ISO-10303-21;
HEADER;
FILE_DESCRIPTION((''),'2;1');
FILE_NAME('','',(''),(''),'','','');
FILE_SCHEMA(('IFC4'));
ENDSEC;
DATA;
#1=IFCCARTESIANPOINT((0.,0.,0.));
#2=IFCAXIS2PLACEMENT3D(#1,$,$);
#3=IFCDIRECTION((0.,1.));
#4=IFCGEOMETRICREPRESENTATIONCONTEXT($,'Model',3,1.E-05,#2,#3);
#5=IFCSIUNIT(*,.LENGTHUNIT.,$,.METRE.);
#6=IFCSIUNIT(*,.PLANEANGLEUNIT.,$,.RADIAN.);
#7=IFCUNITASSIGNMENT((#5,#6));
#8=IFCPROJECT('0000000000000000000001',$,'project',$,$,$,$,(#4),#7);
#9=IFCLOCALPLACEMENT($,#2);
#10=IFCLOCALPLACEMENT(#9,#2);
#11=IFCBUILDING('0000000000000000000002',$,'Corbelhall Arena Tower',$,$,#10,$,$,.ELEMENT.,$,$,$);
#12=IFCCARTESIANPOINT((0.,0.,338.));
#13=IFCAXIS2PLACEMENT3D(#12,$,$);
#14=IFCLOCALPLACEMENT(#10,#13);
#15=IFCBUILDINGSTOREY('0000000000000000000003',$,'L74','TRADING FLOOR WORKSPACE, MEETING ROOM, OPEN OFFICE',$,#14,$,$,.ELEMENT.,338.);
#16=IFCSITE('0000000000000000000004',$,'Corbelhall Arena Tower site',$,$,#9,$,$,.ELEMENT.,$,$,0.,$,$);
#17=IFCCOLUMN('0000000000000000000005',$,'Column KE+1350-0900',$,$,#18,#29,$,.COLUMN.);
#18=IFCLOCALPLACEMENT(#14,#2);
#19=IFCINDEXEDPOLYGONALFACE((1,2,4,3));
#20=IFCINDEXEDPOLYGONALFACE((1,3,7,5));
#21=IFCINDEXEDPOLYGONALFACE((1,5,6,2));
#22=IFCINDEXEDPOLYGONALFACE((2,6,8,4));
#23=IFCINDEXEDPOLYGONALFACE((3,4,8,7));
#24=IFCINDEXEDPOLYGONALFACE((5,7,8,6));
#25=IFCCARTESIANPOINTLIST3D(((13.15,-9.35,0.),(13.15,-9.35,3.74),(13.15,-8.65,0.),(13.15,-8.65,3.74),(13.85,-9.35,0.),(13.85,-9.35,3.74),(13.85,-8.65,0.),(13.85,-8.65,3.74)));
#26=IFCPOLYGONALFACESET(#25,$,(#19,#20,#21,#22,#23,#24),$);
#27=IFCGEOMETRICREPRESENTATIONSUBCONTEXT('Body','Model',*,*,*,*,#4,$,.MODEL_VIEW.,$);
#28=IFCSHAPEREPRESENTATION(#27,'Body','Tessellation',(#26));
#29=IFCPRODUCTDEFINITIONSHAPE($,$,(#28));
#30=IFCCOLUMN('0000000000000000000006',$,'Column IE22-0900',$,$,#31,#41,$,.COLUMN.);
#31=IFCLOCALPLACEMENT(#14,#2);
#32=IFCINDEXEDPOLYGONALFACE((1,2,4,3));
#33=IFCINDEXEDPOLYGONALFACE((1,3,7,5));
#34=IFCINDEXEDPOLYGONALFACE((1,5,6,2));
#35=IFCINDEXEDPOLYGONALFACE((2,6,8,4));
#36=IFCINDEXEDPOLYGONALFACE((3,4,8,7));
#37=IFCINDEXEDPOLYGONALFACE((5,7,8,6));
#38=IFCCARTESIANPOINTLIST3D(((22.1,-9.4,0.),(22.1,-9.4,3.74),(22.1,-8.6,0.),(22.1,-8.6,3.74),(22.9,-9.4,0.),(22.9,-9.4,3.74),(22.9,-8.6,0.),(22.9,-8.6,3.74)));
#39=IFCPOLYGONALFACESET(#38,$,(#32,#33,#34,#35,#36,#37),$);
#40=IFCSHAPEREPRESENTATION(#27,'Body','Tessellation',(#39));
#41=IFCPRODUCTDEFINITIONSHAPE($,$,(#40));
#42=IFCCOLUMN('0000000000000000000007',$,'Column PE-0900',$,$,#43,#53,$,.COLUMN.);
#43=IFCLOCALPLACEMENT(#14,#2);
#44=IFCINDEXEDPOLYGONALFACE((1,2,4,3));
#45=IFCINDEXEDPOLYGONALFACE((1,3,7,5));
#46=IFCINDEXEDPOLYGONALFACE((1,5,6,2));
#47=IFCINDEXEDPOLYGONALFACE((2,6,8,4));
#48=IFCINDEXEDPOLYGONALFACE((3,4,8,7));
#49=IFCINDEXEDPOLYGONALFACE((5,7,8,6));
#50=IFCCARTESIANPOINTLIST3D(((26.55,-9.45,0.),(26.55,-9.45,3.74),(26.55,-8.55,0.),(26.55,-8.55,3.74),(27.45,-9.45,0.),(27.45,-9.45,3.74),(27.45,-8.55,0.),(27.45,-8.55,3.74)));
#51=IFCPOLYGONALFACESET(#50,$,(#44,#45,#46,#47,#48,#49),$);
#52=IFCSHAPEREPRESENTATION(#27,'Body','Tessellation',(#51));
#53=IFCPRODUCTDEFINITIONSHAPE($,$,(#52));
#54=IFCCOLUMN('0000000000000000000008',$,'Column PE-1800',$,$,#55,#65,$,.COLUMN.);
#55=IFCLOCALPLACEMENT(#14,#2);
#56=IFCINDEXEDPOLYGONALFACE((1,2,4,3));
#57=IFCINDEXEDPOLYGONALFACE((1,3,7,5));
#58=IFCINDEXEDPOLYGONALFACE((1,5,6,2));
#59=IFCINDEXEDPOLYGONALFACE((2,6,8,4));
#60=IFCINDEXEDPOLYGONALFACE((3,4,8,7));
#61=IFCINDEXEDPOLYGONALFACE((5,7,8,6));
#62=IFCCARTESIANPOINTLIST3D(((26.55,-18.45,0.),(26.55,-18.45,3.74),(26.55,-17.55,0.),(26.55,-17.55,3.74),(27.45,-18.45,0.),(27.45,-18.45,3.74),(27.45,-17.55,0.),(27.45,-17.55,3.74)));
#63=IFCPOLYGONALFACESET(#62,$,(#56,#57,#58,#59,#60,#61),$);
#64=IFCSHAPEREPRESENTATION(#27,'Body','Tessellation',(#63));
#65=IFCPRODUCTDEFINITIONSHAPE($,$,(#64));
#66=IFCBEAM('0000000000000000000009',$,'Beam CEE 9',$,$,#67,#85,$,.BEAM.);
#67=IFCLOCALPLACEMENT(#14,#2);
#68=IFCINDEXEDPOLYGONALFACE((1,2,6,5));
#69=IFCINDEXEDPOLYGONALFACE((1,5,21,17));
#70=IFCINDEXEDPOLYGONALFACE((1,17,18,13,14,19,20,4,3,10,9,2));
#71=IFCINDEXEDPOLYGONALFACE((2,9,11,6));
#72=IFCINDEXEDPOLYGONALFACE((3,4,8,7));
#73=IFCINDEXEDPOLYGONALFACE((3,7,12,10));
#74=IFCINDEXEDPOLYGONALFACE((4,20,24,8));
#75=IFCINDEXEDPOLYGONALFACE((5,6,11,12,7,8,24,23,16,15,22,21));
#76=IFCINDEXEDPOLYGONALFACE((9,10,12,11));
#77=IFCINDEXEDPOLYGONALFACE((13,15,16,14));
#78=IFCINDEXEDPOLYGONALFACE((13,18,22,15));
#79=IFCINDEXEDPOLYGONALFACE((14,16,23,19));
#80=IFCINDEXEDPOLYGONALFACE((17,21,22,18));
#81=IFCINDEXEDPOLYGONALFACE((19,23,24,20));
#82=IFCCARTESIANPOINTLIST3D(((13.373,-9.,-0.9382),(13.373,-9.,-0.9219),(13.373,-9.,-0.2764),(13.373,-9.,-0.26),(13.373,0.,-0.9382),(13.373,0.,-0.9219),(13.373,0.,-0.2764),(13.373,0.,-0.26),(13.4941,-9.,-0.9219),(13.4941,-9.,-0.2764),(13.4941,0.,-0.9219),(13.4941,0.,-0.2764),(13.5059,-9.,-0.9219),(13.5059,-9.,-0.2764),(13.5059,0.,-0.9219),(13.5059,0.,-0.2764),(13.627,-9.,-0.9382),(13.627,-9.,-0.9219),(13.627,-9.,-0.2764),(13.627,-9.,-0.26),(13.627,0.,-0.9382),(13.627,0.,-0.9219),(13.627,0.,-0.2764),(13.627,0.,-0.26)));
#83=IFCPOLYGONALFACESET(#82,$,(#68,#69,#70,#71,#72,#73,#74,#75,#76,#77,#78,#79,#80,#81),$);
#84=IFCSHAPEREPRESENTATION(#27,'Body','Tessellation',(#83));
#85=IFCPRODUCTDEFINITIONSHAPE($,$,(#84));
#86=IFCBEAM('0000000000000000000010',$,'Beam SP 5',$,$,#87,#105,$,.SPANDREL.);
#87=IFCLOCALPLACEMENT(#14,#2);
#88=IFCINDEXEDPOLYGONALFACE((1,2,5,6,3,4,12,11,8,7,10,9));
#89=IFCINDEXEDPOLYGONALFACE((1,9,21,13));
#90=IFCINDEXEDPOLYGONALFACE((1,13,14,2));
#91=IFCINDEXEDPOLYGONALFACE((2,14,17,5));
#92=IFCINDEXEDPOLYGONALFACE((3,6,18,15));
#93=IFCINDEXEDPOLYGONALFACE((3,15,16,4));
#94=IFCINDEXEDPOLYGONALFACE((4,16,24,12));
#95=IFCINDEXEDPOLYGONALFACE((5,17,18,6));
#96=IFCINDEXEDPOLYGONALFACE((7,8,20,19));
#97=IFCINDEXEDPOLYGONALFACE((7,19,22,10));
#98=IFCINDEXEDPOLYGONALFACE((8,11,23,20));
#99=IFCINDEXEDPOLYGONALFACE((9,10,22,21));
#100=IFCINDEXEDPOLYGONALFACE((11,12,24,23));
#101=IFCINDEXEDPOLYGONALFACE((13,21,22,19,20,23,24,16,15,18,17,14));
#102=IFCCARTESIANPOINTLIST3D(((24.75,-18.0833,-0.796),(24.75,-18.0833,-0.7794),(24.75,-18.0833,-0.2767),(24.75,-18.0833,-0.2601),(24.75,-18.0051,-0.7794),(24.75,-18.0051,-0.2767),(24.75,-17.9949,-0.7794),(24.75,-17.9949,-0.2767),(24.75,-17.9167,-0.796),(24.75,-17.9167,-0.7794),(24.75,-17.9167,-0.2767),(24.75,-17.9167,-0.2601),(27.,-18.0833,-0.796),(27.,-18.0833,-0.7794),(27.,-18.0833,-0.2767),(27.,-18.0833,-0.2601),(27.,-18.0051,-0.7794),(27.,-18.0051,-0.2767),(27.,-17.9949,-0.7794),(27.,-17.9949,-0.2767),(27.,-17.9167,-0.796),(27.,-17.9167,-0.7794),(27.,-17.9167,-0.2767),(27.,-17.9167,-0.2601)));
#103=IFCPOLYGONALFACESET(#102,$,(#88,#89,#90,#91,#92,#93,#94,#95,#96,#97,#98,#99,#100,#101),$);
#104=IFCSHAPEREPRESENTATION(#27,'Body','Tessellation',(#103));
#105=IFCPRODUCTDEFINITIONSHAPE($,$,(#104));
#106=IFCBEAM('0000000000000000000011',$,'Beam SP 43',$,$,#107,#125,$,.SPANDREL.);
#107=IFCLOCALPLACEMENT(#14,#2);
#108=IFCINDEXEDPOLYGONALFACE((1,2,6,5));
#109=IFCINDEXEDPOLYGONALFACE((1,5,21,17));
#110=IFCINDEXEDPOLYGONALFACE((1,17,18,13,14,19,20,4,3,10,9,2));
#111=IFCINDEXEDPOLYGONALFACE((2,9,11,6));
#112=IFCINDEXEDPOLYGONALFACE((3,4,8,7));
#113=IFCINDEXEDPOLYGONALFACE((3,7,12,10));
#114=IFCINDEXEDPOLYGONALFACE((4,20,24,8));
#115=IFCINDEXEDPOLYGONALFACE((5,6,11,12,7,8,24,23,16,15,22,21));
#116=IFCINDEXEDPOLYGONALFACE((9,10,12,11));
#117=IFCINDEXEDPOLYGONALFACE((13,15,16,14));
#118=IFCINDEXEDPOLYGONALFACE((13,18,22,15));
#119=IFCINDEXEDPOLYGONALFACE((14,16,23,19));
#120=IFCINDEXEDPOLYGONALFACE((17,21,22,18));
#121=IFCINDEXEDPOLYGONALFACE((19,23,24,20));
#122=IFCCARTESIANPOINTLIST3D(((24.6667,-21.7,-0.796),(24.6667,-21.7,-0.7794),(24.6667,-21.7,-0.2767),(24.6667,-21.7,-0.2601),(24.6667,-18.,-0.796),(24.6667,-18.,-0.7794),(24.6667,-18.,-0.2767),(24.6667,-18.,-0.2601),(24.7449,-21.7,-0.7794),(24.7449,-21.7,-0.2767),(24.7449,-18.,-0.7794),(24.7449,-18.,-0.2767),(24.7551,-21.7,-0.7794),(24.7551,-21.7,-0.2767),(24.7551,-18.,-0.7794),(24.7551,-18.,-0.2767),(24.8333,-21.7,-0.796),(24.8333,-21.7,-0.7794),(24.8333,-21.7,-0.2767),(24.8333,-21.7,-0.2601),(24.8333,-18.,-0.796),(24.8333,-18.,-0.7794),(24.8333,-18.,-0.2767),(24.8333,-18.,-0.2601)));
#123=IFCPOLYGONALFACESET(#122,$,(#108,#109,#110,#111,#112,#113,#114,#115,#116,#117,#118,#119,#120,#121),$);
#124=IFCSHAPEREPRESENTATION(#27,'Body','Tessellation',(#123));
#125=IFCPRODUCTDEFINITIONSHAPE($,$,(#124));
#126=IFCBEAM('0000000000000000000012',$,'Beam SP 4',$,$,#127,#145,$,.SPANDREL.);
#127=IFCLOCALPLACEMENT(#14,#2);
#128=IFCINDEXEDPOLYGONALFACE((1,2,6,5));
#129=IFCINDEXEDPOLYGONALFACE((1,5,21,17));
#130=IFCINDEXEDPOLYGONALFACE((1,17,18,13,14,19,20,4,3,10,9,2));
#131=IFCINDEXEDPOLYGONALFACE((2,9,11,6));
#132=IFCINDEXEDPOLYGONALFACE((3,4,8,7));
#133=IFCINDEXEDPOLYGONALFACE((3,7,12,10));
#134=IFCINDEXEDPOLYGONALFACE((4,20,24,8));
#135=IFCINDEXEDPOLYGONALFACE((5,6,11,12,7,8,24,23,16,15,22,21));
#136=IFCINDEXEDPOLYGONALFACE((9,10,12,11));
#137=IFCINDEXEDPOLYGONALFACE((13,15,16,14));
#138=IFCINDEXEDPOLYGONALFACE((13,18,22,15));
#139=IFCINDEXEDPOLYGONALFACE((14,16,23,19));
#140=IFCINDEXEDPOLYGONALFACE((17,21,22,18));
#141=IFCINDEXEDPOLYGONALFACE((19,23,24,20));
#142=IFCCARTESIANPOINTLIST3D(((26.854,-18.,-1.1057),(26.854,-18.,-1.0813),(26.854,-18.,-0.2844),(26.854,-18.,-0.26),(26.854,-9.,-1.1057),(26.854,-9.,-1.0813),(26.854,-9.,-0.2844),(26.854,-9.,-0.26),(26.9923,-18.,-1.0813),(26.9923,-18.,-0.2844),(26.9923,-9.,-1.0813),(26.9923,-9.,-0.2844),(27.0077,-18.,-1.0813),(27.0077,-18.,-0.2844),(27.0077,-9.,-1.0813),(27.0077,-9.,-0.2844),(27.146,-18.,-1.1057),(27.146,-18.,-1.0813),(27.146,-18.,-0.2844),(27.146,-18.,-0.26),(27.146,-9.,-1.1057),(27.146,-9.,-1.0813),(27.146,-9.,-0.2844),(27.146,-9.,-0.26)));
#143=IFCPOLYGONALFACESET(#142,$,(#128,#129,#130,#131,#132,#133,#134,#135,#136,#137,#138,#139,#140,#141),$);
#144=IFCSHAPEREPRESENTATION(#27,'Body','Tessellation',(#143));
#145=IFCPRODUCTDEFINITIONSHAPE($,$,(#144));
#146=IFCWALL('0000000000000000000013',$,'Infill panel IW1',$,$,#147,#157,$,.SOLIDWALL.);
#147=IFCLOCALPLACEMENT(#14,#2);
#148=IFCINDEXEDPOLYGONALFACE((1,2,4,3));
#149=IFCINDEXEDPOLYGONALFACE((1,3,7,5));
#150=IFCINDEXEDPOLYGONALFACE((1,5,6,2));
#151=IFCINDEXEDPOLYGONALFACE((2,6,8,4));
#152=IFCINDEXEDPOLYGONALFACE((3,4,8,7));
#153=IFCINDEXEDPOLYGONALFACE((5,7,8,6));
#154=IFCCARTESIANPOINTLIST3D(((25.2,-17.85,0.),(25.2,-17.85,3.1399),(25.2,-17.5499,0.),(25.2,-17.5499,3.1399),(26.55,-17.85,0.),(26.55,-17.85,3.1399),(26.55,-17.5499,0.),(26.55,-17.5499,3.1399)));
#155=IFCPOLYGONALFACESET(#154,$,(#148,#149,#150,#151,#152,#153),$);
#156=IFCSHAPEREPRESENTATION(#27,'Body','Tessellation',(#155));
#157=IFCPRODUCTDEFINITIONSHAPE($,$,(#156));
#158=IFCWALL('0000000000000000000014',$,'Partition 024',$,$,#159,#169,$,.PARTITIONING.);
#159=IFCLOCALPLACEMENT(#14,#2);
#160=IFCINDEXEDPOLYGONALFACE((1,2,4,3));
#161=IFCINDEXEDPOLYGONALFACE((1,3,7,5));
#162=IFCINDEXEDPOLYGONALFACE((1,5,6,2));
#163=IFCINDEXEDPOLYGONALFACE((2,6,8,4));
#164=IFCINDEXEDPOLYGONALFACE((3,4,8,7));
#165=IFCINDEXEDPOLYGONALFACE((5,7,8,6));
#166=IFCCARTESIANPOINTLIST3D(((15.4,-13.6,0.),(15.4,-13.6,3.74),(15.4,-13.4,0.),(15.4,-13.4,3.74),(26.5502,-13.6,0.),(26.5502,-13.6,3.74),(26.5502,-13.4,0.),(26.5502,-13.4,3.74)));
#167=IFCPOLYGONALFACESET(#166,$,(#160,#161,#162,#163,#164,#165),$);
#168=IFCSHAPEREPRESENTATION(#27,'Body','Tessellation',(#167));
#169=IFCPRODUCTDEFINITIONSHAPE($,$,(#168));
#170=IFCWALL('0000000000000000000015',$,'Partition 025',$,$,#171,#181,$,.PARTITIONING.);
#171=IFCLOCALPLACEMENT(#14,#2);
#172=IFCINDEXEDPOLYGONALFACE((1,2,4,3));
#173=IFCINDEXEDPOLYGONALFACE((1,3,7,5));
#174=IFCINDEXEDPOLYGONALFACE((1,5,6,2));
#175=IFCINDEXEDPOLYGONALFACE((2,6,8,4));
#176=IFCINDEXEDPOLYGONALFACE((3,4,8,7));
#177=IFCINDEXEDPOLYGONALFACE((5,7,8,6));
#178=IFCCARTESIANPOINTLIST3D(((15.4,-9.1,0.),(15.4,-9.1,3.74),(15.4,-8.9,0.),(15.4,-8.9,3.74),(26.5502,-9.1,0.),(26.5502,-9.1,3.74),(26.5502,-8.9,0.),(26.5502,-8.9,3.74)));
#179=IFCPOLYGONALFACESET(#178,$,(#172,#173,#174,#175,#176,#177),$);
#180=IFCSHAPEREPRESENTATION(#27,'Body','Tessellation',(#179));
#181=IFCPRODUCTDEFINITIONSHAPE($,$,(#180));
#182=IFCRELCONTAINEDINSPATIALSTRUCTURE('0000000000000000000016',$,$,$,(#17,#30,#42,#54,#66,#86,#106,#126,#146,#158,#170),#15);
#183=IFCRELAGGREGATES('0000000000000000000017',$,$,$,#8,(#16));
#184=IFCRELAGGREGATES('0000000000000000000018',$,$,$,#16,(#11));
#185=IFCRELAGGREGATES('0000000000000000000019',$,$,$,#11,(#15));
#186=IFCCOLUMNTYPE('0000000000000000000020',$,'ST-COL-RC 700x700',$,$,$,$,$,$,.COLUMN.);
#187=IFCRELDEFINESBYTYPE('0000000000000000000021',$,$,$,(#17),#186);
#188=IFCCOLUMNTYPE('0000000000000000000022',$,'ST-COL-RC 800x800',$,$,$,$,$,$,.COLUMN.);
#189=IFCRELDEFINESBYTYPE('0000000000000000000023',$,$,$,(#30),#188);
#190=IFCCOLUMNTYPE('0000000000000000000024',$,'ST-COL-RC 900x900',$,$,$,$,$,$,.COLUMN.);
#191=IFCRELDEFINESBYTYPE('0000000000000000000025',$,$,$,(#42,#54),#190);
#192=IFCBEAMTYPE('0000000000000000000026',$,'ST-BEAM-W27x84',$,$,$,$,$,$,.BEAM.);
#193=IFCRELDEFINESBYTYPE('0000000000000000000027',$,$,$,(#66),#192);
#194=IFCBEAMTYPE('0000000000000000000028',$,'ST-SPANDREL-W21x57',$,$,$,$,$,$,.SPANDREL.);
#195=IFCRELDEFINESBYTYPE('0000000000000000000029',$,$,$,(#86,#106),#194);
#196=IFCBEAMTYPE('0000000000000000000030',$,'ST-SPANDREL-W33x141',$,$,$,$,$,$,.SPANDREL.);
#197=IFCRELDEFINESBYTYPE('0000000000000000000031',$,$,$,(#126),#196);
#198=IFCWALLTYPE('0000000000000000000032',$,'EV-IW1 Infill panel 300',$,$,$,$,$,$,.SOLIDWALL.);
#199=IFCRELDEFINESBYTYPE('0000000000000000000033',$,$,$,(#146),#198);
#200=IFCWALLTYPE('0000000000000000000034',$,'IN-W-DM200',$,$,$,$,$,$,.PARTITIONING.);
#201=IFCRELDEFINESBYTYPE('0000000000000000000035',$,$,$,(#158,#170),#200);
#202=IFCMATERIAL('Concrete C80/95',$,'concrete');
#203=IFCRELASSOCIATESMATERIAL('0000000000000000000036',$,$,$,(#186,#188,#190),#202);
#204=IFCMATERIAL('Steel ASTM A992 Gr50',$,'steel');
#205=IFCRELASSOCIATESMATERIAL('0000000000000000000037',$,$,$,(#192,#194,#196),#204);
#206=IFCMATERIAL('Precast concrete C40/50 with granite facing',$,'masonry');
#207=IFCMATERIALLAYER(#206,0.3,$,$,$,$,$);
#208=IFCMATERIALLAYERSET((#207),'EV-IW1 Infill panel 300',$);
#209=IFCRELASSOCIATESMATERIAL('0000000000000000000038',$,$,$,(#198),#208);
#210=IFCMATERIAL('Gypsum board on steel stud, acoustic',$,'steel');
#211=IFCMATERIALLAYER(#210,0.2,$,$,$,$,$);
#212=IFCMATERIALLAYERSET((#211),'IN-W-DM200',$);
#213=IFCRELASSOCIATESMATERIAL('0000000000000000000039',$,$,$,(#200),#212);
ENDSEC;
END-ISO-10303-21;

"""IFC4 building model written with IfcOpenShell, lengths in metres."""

from ifc_helpers import new_model, si_unit, direction, frame, frame_2d, origin, origin_2d, place, context, subcontext, project, spatial, rectangle, i_section, extrude, material, layer, layer_set, material_profile, profile_set, type_object, element, save


model = new_model("IFC4")

# Units and contexts
model_context = context("Model", 3, precision=1e-05, world=origin(), true_north=direction((0.0, 1.0)))
body_context = subcontext(model_context, "Body", "Model", "MODEL_VIEW")
ifc_project = project(units=[si_unit("LENGTHUNIT", "METRE"), si_unit("PLANEANGLEUNIT", "RADIAN")], contexts=[model_context])

# Site, building, storey
site_placement = place(None, origin())
site = spatial("IfcSite", under=ifc_project, at=site_placement, Name="Corbelhall Arena Tower site", CompositionType="ELEMENT", RefElevation=0.0)
building_placement = place(site_placement, origin())
building = spatial("IfcBuilding", under=site, at=building_placement, Name="Corbelhall Arena Tower", CompositionType="ELEMENT")
storey_placement = place(building_placement, frame((0.0, 0.0, 338.0)))
storey = spatial("IfcBuildingStorey", under=building, at=storey_placement, Name="L74", Description="TRADING FLOOR WORKSPACE, MEETING ROOM, OPEN OFFICE", CompositionType="ELEMENT", Elevation=338.0)

# Columns
ifc_material_1 = material(Name="Concrete C80/95", Category="concrete")
ifc_material_profile_1 = material_profile(ifc_material_1, rectangle(XDim=0.7, YDim=0.7, at=origin_2d()))
ifc_profile_set_1 = profile_set([ifc_material_profile_1], Name="Concrete C80/95")
column_type_1 = type_object("IfcColumnType", Name="ST-COL-RC 700x700", PredefinedType="COLUMN", material=ifc_profile_set_1)
column_1_placement = place(storey_placement, frame((13.5, -9.0, 0.0), z_axis=(0.0, 0.0, 1.0), x_axis=(1.0, 0.0, 0.0)))
element("IfcColumn", 1, at=column_1_placement, inside=storey, type_object=column_type_1, Name="Column KE+1350-0900", PredefinedType="COLUMN", context=body_context, shape_type="SweptSolid", body=[
    extrude(rectangle(XDim=0.7, YDim=0.7, at=origin_2d()), origin(), (0.0, 0.0, 1.0), 3.74),
])
ifc_material_profile_2 = material_profile(ifc_material_1, rectangle(XDim=0.8, YDim=0.8, at=origin_2d()))
ifc_profile_set_2 = profile_set([ifc_material_profile_2], Name="Concrete C80/95")
column_type_2 = type_object("IfcColumnType", Name="ST-COL-RC 800x800", PredefinedType="COLUMN", material=ifc_profile_set_2)
column_2_placement = place(storey_placement, frame((22.5, -9.0, 0.0), z_axis=(0.0, 0.0, 1.0), x_axis=(1.0, 0.0, 0.0)))
element("IfcColumn", 2, at=column_2_placement, inside=storey, type_object=column_type_2, Name="Column IE22-0900", PredefinedType="COLUMN", context=body_context, shape_type="SweptSolid", body=[
    extrude(rectangle(XDim=0.8, YDim=0.8, at=origin_2d()), origin(), (0.0, 0.0, 1.0), 3.74),
])
ifc_material_profile_3 = material_profile(ifc_material_1, rectangle(XDim=0.8999, YDim=0.8999, at=origin_2d()))
ifc_profile_set_3 = profile_set([ifc_material_profile_3], Name="Concrete C80/95")
column_type_3 = type_object("IfcColumnType", Name="ST-COL-RC 900x900", PredefinedType="COLUMN", material=ifc_profile_set_3)
for number, where, z_axis, x_axis, name in (
    (3, (27.0, -9.0, 0.0), (0.0, 0.0, 1.0), (0.0, 1.0, 0.0), "Column PE-0900"),
    (4, (27.0, -18.0, 0.0), (0.0, 0.0, 1.0), (0.0, 1.0, 0.0), "Column PE-1800"),
):
    element("IfcColumn", number, at=place(storey_placement, frame(where, z_axis=z_axis, x_axis=x_axis)), inside=storey, type_object=column_type_3, Name=name, PredefinedType="COLUMN", context=body_context, shape_type="SweptSolid", body=[
        extrude(rectangle(XDim=0.8999, YDim=0.8999, at=origin_2d()), origin(), (0.0, 0.0, 1.0), 3.74),
    ])

# Beams
ifc_material_2 = material(Name="Steel ASTM A992 Gr50", Category="steel")
ifc_material_profile_4 = material_profile(ifc_material_2, i_section(OverallWidth=0.2539, OverallDepth=0.6782, WebThickness=0.0117, FlangeThickness=0.0164, at=origin_2d()))
ifc_profile_set_4 = profile_set([ifc_material_profile_4], Name="Steel ASTM A992 Gr50")
beam_type_1 = type_object("IfcBeamType", Name="ST-BEAM-W27x84", PredefinedType="BEAM", material=ifc_profile_set_4)
beam_1_placement = place(storey_placement, frame((13.5, -9.0, -0.5991), z_axis=(0.0, 1.0, 0.0), x_axis=(-1.0, 0.0, 0.0)))
element("IfcBeam", 5, at=beam_1_placement, inside=storey, type_object=beam_type_1, Name="Beam CEE 9", PredefinedType="BEAM", context=body_context, shape_type="SweptSolid", body=[
    extrude(i_section(OverallWidth=0.2539, OverallDepth=0.6782, WebThickness=0.0117, FlangeThickness=0.0164, at=origin_2d()), origin(), (0.0, 0.0, 1.0), 9.0),
])
ifc_material_profile_5 = material_profile(ifc_material_2, i_section(OverallWidth=0.1665, OverallDepth=0.5359, WebThickness=0.0103, FlangeThickness=0.0166, at=origin_2d()))
ifc_profile_set_5 = profile_set([ifc_material_profile_5], Name="Steel ASTM A992 Gr50")
beam_type_2 = type_object("IfcBeamType", Name="ST-SPANDREL-W21x57", PredefinedType="SPANDREL", material=ifc_profile_set_5)
beam_2_placement = place(storey_placement, frame((27.0, -18.0, -0.5281), z_axis=(-1.0, 0.0, 0.0), x_axis=(0.0, -1.0, 0.0)))
element("IfcBeam", 6, at=beam_2_placement, inside=storey, type_object=beam_type_2, Name="Beam SP 5", PredefinedType="SPANDREL", context=body_context, shape_type="SweptSolid", body=[
    extrude(i_section(OverallWidth=0.1665, OverallDepth=0.5359, WebThickness=0.0103, FlangeThickness=0.0166, at=origin_2d()), origin(), (0.0, 0.0, 1.0), 2.25),
])
beam_3_placement = place(storey_placement, frame((24.75, -18.0, -0.5281), z_axis=(0.0, -1.0, 0.0), x_axis=(1.0, 0.0, 0.0)))
element("IfcBeam", 7, at=beam_3_placement, inside=storey, type_object=beam_type_2, Name="Beam SP 43", PredefinedType="SPANDREL", context=body_context, shape_type="SweptSolid", body=[
    extrude(i_section(OverallWidth=0.1665, OverallDepth=0.5359, WebThickness=0.0103, FlangeThickness=0.0166, at=origin_2d()), origin(), (0.0, 0.0, 1.0), 3.7),
])
ifc_material_profile_6 = material_profile(ifc_material_2, i_section(OverallWidth=0.292, OverallDepth=0.8457, WebThickness=0.0154, FlangeThickness=0.0244, at=origin_2d()))
ifc_profile_set_6 = profile_set([ifc_material_profile_6], Name="Steel ASTM A992 Gr50")
beam_type_3 = type_object("IfcBeamType", Name="ST-SPANDREL-W33x141", PredefinedType="SPANDREL", material=ifc_profile_set_6)
beam_4_placement = place(storey_placement, frame((27.0, -9.0, -0.6829), z_axis=(0.0, -1.0, 0.0), x_axis=(1.0, 0.0, 0.0)))
element("IfcBeam", 8, at=beam_4_placement, inside=storey, type_object=beam_type_3, Name="Beam SP 4", PredefinedType="SPANDREL", context=body_context, shape_type="SweptSolid", body=[
    extrude(i_section(OverallWidth=0.292, OverallDepth=0.8457, WebThickness=0.0154, FlangeThickness=0.0244, at=origin_2d()), origin(), (0.0, 0.0, 1.0), 9.0),
])

# Wall
ifc_material_3 = material(Name="Precast concrete C40/50 with granite facing", Category="masonry")
ifc_layer_1 = layer(ifc_material_3, 0.3)
ifc_layer_set_1 = layer_set([ifc_layer_1], Name="EV-IW1 Infill panel 300")
wall_type_1 = type_object("IfcWallType", Name="EV-IW1 Infill panel 300", PredefinedType="SOLIDWALL", material=ifc_layer_set_1)
wall_1_placement = place(storey_placement, frame((25.2, -17.7, 0.0), z_axis=(0.0, 0.0, 1.0), x_axis=(1.0, 0.0, 0.0)))
element("IfcWall", 9, at=wall_1_placement, inside=storey, type_object=wall_type_1, Name="Infill panel IW1", PredefinedType="SOLIDWALL", context=body_context, shape_type="SweptSolid", body=[
    extrude(rectangle(XDim=1.3501, YDim=0.3, at=frame_2d((0.675, 0.0))), origin(), (0.0, 0.0, 1.0), 3.1399),
])

# Walls
ifc_material_4 = material(Name="Gypsum board on steel stud, acoustic", Category="steel")
ifc_layer_2 = layer(ifc_material_4, 0.2)
ifc_layer_set_2 = layer_set([ifc_layer_2], Name="IN-W-DM200")
wall_type_2 = type_object("IfcWallType", Name="IN-W-DM200", PredefinedType="PARTITIONING", material=ifc_layer_set_2)
for number, where, z_axis, x_axis, name in (
    (10, (15.3999, -13.5, 0.0), (0.0, 0.0, 1.0), (1.0, 0.0, 0.0), "Partition 024"),
    (11, (15.3999, -9.0, 0.0), (0.0, 0.0, 1.0), (1.0, 0.0, 0.0), "Partition 025"),
):
    element("IfcWall", number, at=place(storey_placement, frame(where, z_axis=z_axis, x_axis=x_axis)), inside=storey, type_object=wall_type_2, Name=name, PredefinedType="PARTITIONING", context=body_context, shape_type="SweptSolid", body=[
        extrude(rectangle(XDim=11.1501, YDim=0.2, at=frame_2d((5.5752, 0.0))), origin(), (0.0, 0.0, 1.0), 3.74),
    ])

save(model, "model.ifc")
